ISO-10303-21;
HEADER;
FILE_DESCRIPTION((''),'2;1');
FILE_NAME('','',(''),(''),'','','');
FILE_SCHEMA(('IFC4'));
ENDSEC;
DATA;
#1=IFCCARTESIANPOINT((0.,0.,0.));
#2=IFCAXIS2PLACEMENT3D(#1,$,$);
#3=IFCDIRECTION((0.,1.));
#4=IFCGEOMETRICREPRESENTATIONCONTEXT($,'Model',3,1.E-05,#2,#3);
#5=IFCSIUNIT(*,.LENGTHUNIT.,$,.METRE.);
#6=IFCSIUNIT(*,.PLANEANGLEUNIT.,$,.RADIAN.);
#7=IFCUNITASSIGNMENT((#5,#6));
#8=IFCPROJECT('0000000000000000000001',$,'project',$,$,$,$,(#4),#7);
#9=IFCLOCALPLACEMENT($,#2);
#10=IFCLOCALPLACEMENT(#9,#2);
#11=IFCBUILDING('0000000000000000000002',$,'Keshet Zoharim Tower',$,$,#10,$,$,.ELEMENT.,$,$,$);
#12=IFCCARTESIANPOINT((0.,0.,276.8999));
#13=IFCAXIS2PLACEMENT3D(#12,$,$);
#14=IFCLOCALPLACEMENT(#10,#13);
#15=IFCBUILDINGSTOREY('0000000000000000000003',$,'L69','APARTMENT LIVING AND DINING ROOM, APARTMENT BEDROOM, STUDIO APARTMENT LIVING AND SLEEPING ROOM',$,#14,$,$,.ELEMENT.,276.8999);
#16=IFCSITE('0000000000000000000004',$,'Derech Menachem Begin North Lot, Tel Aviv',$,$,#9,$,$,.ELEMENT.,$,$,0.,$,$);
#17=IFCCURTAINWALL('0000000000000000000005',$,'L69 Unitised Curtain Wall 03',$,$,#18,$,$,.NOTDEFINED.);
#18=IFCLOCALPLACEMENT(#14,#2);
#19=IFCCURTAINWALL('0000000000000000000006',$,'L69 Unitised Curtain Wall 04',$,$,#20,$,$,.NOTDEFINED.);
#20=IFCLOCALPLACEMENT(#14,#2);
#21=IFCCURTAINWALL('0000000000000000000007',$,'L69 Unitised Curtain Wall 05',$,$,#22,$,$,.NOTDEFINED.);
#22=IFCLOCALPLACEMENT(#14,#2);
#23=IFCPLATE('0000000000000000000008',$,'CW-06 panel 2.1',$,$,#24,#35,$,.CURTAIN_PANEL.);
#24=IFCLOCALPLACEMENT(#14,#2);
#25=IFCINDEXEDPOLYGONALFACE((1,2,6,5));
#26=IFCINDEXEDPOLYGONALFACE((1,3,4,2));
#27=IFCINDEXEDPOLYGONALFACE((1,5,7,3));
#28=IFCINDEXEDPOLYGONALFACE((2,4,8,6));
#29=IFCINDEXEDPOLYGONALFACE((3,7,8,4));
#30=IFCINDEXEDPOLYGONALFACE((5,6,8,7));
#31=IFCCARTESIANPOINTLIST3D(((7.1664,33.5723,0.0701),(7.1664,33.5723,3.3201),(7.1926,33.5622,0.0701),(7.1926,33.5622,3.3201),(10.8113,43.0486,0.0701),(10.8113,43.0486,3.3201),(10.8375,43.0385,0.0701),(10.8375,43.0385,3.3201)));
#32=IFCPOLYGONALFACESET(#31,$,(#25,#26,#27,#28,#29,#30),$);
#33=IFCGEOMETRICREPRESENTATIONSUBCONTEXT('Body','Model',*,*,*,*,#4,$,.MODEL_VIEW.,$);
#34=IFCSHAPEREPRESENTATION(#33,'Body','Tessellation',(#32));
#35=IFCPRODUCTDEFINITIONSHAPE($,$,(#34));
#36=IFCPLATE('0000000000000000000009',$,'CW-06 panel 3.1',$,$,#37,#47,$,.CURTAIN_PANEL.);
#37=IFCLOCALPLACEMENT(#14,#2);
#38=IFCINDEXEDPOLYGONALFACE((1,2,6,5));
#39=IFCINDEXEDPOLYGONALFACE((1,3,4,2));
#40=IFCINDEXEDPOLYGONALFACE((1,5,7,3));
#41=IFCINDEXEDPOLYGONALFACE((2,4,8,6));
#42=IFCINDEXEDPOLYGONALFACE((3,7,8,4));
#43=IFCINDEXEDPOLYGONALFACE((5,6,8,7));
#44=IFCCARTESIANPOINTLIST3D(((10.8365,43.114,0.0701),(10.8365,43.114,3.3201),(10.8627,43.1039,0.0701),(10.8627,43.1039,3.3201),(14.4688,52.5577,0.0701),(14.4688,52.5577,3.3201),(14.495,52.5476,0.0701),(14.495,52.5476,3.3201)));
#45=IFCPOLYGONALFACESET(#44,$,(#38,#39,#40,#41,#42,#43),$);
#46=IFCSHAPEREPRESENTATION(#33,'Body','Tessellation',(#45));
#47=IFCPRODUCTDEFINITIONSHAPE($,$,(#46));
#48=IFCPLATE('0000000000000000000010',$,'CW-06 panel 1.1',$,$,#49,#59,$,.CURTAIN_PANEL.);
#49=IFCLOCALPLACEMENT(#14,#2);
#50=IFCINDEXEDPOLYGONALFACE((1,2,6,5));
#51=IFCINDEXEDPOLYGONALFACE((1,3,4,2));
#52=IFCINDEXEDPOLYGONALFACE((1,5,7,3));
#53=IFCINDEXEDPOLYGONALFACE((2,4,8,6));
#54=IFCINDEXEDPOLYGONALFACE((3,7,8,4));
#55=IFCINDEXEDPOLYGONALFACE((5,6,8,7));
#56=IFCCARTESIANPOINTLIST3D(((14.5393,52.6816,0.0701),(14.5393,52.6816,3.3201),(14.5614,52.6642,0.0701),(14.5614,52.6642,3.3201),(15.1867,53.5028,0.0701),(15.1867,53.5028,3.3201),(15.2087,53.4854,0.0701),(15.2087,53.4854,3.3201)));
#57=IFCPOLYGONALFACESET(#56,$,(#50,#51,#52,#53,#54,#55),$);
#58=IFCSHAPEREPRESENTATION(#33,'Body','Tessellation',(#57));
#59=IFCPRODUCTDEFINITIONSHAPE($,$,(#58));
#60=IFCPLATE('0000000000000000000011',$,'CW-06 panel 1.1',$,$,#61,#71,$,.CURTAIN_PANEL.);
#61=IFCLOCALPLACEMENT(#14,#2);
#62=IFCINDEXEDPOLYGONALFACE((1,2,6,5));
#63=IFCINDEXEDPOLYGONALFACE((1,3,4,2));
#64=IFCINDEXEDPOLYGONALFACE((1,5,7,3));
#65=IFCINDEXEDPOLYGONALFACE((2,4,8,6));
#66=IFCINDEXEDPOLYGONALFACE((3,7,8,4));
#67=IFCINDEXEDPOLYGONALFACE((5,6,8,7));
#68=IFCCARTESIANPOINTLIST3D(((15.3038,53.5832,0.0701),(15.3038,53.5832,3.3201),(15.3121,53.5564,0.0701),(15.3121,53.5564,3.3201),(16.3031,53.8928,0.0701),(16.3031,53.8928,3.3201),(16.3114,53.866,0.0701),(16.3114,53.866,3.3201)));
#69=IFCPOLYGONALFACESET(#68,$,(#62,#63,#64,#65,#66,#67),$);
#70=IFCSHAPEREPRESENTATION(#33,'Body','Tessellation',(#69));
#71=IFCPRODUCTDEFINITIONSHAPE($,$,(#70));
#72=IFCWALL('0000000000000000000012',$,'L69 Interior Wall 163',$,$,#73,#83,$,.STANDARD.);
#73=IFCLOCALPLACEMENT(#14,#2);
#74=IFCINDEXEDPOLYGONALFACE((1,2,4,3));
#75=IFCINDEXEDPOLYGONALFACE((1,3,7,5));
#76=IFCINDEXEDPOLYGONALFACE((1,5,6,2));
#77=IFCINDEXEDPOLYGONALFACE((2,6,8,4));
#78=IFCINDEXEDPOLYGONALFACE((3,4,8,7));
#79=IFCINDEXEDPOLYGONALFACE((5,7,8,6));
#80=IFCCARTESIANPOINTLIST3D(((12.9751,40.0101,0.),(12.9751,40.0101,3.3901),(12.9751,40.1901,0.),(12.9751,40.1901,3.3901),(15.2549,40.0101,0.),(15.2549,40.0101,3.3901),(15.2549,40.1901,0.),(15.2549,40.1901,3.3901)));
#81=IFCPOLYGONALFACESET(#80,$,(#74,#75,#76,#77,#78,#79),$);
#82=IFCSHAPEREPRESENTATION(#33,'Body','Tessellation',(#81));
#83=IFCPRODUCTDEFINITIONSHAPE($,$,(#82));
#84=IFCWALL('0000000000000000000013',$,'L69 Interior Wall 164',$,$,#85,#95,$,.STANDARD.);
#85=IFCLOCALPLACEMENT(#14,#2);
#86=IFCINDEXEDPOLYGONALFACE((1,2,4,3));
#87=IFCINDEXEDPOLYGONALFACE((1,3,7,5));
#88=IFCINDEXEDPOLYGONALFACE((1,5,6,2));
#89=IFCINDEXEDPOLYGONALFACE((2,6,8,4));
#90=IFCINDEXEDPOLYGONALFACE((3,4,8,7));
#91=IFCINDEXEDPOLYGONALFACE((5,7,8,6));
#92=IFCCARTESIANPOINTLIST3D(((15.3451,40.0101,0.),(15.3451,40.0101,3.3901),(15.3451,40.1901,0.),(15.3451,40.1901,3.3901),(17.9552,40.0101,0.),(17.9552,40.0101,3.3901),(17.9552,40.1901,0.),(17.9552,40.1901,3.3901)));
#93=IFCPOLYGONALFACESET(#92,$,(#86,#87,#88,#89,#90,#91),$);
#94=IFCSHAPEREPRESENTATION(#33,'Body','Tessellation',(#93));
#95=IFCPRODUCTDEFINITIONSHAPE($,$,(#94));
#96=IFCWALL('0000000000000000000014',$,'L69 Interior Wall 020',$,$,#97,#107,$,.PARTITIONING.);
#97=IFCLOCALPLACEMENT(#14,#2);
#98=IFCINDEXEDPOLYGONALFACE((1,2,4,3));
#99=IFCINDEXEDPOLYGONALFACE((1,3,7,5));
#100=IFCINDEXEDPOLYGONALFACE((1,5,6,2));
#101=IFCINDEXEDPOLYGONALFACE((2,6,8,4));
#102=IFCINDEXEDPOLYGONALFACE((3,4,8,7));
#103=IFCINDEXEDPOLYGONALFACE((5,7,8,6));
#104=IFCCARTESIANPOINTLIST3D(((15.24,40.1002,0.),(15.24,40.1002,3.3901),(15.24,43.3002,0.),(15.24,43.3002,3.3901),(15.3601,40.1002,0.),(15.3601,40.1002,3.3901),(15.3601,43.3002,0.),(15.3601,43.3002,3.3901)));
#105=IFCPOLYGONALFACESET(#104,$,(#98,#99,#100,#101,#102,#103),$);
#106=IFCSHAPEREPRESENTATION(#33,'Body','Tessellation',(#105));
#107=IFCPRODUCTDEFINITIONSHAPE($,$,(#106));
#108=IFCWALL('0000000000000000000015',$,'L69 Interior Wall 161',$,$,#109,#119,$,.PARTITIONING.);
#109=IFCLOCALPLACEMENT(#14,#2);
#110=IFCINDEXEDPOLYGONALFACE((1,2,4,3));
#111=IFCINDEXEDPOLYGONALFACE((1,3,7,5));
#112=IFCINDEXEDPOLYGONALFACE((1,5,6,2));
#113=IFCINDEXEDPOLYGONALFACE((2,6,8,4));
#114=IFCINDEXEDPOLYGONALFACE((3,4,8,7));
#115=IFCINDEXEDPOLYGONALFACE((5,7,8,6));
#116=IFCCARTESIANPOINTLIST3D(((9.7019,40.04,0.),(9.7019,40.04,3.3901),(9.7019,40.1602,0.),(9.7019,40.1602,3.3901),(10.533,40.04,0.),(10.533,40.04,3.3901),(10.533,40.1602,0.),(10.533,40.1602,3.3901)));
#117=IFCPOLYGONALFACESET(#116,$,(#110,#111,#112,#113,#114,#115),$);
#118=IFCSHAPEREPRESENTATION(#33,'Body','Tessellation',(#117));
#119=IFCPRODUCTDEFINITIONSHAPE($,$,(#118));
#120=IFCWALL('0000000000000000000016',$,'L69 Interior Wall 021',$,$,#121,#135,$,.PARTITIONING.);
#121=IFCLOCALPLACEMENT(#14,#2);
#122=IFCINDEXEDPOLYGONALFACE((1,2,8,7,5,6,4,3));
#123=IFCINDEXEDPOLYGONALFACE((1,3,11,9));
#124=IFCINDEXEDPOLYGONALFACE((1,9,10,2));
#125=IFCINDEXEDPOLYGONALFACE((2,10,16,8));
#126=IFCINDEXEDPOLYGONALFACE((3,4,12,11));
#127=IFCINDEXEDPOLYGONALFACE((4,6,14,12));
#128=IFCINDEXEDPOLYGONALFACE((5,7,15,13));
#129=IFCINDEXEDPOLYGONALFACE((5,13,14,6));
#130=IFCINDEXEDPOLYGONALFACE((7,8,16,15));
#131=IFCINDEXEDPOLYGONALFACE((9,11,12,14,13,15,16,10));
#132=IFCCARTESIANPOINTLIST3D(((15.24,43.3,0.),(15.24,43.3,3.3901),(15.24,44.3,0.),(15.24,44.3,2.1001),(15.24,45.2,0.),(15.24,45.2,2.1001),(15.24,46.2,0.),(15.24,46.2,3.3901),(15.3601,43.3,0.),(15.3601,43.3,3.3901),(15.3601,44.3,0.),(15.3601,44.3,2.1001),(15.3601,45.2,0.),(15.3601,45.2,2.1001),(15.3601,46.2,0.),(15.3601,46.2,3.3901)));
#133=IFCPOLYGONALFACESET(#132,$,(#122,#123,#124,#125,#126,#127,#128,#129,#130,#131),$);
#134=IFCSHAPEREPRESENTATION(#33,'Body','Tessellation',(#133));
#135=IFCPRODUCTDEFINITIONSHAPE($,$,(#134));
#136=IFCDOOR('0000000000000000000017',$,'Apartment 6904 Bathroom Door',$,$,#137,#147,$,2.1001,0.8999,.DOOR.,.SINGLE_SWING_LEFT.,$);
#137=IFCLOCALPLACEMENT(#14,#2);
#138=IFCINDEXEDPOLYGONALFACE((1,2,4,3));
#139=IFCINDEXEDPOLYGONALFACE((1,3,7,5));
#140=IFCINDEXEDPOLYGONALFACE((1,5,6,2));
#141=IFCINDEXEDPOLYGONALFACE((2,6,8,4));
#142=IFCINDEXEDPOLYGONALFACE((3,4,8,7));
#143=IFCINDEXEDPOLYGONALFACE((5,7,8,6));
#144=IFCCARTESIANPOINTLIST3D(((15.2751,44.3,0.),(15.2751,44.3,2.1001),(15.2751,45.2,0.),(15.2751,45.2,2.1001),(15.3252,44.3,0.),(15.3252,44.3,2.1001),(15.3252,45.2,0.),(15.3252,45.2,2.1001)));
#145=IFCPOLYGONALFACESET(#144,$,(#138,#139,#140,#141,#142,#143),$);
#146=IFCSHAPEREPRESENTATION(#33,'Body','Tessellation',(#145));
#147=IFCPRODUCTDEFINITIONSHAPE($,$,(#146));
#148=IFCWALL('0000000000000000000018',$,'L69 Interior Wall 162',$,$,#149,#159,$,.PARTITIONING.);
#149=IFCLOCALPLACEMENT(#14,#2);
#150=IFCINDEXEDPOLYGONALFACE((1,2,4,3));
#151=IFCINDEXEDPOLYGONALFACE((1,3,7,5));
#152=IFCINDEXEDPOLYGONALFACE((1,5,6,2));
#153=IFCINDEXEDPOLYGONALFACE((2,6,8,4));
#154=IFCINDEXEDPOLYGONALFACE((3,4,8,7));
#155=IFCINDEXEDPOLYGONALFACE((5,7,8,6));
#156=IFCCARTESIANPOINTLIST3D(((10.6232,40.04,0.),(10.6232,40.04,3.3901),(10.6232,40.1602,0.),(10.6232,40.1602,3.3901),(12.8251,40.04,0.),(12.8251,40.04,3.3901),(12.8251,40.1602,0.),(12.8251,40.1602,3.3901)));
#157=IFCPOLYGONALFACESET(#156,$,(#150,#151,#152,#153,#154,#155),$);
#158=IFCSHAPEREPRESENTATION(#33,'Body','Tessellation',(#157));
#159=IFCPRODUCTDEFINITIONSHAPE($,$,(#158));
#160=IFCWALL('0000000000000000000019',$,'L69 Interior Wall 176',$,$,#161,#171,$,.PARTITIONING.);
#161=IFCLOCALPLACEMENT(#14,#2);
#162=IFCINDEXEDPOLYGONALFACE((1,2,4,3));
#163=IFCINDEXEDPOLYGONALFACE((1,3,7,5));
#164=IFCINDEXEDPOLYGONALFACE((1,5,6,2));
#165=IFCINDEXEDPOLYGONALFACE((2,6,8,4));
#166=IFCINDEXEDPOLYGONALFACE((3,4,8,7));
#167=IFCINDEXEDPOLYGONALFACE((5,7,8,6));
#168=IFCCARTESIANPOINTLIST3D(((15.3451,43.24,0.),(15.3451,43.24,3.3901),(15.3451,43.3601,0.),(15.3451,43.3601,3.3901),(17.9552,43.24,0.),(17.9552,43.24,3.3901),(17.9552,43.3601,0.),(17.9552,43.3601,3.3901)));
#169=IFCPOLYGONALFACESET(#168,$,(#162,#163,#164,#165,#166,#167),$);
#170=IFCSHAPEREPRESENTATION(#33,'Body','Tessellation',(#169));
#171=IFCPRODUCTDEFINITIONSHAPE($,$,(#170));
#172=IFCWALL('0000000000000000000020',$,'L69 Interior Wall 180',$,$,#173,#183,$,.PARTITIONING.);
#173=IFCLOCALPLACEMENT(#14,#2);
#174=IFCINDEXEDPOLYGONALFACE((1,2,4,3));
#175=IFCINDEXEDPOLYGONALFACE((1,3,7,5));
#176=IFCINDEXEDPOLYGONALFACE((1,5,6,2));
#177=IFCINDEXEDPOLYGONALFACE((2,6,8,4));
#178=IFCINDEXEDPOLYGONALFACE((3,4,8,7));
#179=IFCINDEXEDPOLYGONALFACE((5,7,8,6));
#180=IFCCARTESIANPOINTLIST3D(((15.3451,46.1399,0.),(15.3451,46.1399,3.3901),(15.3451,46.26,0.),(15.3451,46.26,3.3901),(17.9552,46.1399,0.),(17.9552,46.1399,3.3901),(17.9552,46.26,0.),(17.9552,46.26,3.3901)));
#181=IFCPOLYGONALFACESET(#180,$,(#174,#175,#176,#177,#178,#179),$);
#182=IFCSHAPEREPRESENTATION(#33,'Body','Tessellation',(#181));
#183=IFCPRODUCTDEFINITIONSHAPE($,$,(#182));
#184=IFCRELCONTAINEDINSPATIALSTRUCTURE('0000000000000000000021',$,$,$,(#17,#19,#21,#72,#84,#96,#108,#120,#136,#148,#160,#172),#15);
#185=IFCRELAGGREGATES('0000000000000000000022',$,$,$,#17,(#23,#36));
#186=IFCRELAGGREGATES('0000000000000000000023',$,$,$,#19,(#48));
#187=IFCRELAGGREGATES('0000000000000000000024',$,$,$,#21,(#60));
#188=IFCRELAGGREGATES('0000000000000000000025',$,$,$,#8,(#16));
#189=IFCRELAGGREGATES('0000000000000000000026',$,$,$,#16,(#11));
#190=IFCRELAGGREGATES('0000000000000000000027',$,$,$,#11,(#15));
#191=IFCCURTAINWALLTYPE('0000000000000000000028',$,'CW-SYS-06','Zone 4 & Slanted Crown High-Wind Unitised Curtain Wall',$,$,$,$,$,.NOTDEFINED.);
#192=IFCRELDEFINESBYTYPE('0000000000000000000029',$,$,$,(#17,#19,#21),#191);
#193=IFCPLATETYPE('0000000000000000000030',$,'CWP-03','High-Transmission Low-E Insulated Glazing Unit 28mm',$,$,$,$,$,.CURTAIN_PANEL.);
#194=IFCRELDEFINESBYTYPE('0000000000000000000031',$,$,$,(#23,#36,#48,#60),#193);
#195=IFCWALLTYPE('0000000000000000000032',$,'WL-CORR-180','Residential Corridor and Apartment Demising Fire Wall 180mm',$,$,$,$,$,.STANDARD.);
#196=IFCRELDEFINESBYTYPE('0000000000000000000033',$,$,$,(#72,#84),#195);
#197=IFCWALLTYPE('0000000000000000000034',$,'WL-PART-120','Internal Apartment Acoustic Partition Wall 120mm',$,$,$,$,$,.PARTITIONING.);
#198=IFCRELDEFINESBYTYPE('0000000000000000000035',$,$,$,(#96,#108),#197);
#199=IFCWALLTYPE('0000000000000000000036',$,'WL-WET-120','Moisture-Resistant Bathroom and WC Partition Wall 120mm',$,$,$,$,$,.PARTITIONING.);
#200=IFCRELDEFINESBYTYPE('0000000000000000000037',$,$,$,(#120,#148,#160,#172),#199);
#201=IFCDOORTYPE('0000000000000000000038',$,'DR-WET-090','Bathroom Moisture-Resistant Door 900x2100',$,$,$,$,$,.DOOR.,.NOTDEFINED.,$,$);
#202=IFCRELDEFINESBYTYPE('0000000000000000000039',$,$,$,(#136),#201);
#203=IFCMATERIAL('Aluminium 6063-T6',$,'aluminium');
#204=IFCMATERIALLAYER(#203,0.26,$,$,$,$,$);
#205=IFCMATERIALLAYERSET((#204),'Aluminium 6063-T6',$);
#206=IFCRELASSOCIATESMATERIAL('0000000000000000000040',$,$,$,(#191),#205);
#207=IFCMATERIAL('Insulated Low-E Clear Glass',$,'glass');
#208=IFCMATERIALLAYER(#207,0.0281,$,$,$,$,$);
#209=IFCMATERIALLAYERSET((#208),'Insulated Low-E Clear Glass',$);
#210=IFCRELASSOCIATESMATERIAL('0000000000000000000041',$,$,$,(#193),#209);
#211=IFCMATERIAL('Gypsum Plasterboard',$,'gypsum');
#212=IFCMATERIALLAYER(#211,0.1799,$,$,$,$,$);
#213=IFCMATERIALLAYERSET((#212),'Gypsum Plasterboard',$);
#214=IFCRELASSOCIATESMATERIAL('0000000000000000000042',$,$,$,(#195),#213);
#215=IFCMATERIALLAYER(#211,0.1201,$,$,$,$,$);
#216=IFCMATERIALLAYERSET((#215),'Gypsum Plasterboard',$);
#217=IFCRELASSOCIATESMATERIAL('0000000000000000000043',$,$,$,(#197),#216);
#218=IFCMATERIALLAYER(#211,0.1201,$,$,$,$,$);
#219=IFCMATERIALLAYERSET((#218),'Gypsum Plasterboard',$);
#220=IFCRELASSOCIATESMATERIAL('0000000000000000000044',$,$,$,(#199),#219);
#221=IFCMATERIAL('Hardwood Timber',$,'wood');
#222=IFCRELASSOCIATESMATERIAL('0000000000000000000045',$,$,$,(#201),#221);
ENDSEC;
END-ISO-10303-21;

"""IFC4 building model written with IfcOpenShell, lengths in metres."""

from ifc_helpers import new_model, si_unit, direction, frame, frame_2d, origin, origin_2d, place, context, subcontext, project, spatial, rectangle, extrude, material, layer, layer_set, type_object, element, fill, aggregate, save


model = new_model("IFC4")

# Units and contexts
model_context = context("Model", 3, precision=1e-05, world=origin(), true_north=direction((0.0, 1.0)))
body_context = subcontext(model_context, "Body", "Model", "MODEL_VIEW")
ifc_project = project(units=[si_unit("LENGTHUNIT", "METRE"), si_unit("PLANEANGLEUNIT", "RADIAN")], contexts=[model_context])

# Site, building, storey
site_placement = place(None, origin())
site = spatial("IfcSite", under=ifc_project, at=site_placement, Name="Derech Menachem Begin North Lot, Tel Aviv", CompositionType="ELEMENT", RefElevation=0.0)
building_placement = place(site_placement, origin())
building = spatial("IfcBuilding", under=site, at=building_placement, Name="Keshet Zoharim Tower", CompositionType="ELEMENT")
storey_placement = place(building_placement, frame((0.0, 0.0, 276.8999)))
storey = spatial("IfcBuildingStorey", under=building, at=storey_placement, Name="L69", Description="APARTMENT LIVING AND DINING ROOM, APARTMENT BEDROOM, STUDIO APARTMENT LIVING AND SLEEPING ROOM", CompositionType="ELEMENT", Elevation=276.8999)

# Curtain walls
ifc_material_1 = material(Name="Aluminium 6063-T6", Category="aluminium")
ifc_layer_1 = layer(ifc_material_1, 0.26)
ifc_layer_set_1 = layer_set([ifc_layer_1], Name="Aluminium 6063-T6")
curtain_wall_type = type_object("IfcCurtainWallType", Name="CW-SYS-06", Description="Zone 4 & Slanted Crown High-Wind Unitised Curtain Wall", PredefinedType="NOTDEFINED", material=ifc_layer_set_1)
curtain_wall_1_placement = place(storey_placement, origin())
curtain_wall_1 = element("IfcCurtainWall", 1, at=curtain_wall_1_placement, inside=storey, type_object=curtain_wall_type, Name="L69 Unitised Curtain Wall 03", PredefinedType="NOTDEFINED")
curtain_wall_2_placement = place(storey_placement, origin())
curtain_wall_2 = element("IfcCurtainWall", 2, at=curtain_wall_2_placement, inside=storey, type_object=curtain_wall_type, Name="L69 Unitised Curtain Wall 04", PredefinedType="NOTDEFINED")

# Curtain wall
curtain_wall_3_placement = place(storey_placement, origin())
curtain_wall_3 = element("IfcCurtainWall", 3, at=curtain_wall_3_placement, inside=storey, type_object=curtain_wall_type, Name="L69 Unitised Curtain Wall 05", PredefinedType="NOTDEFINED")

# Plates
ifc_material_2 = material(Name="Insulated Low-E Clear Glass", Category="glass")
ifc_layer_2 = layer(ifc_material_2, 0.0281)
ifc_layer_set_2 = layer_set([ifc_layer_2], Name="Insulated Low-E Clear Glass")
plate_type = type_object("IfcPlateType", Name="CWP-03", Description="High-Transmission Low-E Insulated Glazing Unit 28mm", PredefinedType="CURTAIN_PANEL", material=ifc_layer_set_2)
plate_1_placement = place(storey_placement, frame((9.002, 38.3054, 0.0701), z_axis=(0.0, 0.0, 1.0), x_axis=(0.35899, 0.933341, 0.0)))
plate_1 = element("IfcPlate", 4, at=plate_1_placement, type_object=plate_type, Name="CW-06 panel 2.1", PredefinedType="CURTAIN_PANEL", context=body_context, shape_type="SweptSolid", body=[
    extrude(rectangle(XDim=10.1531, YDim=0.0281, at=origin_2d()), origin(), (0.0, 0.0, 1.0), 3.25),
])
plate_2_placement = place(storey_placement, frame((12.6658, 47.8308, 0.0701), z_axis=(0.0, 0.0, 1.0), x_axis=(0.35899, 0.933341, 0.0)))
plate_2 = element("IfcPlate", 5, at=plate_2_placement, type_object=plate_type, Name="CW-06 panel 3.1", PredefinedType="CURTAIN_PANEL", context=body_context, shape_type="SweptSolid", body=[
    extrude(rectangle(XDim=10.1182, YDim=0.0281, at=origin_2d()), origin(), (0.0, 0.0, 1.0), 3.25),
])
aggregate(curtain_wall_1, [plate_1, plate_2])
plate_3_placement = place(storey_placement, frame((14.874, 53.0835, 0.0701), z_axis=(0.0, 0.0, 1.0), x_axis=(0.619125, 0.785293, 0.0)))
plate_3 = element("IfcPlate", 6, at=plate_3_placement, type_object=plate_type, Name="CW-06 panel 1.1", PredefinedType="CURTAIN_PANEL", context=body_context, shape_type="SweptSolid", body=[
    extrude(rectangle(XDim=1.0457, YDim=0.0281, at=origin_2d()), origin(), (0.0, 0.0, 1.0), 3.25),
])
aggregate(curtain_wall_2, [plate_3])
plate_4_placement = place(storey_placement, frame((15.8076, 53.7246, 0.0701), z_axis=(0.0, 0.0, 1.0), x_axis=(0.955212, 0.295922, 0.0)))
plate_4 = element("IfcPlate", 7, at=plate_4_placement, type_object=plate_type, Name="CW-06 panel 1.1", PredefinedType="CURTAIN_PANEL", context=body_context, shape_type="SweptSolid", body=[
    extrude(rectangle(XDim=1.0461, YDim=0.0281, at=origin_2d()), origin(), (0.0, 0.0, 1.0), 3.25),
])
aggregate(curtain_wall_3, [plate_4])

# Walls
ifc_material_3 = material(Name="Gypsum Plasterboard", Category="gypsum")
ifc_layer_3 = layer(ifc_material_3, 0.1799)
ifc_layer_set_3 = layer_set([ifc_layer_3], Name="Gypsum Plasterboard")
wall_type_1 = type_object("IfcWallType", Name="WL-CORR-180", Description="Residential Corridor and Apartment Demising Fire Wall 180mm", PredefinedType="STANDARD", material=ifc_layer_set_3)
wall_1_placement = place(storey_placement, frame((12.9751, 40.1001, 0.0), z_axis=(0.0, 0.0, 1.0), x_axis=(1.0, 0.0, 0.0)))
element("IfcWall", 8, at=wall_1_placement, inside=storey, type_object=wall_type_1, Name="L69 Interior Wall 163", PredefinedType="STANDARD", context=body_context, shape_type="SweptSolid", body=[
    extrude(rectangle(XDim=2.2798, YDim=0.1799, at=frame_2d((1.1399, 0.0))), origin(), (0.0, 0.0, 1.0), 3.3901),
])
wall_2_placement = place(storey_placement, frame((15.345, 40.1001, 0.0), z_axis=(0.0, 0.0, 1.0), x_axis=(1.0, 0.0, 0.0)))
element("IfcWall", 9, at=wall_2_placement, inside=storey, type_object=wall_type_1, Name="L69 Interior Wall 164", PredefinedType="STANDARD", context=body_context, shape_type="SweptSolid", body=[
    extrude(rectangle(XDim=2.6101, YDim=0.1799, at=frame_2d((1.3052, 0.0))), origin(), (0.0, 0.0, 1.0), 3.3901),
])
ifc_layer_4 = layer(ifc_material_3, 0.1201)
ifc_layer_set_4 = layer_set([ifc_layer_4], Name="Gypsum Plasterboard")
wall_type_2 = type_object("IfcWallType", Name="WL-PART-120", Description="Internal Apartment Acoustic Partition Wall 120mm", PredefinedType="PARTITIONING", material=ifc_layer_set_4)
wall_3_placement = place(storey_placement, frame((15.3, 40.1001, 0.0), z_axis=(0.0, 0.0, 1.0), x_axis=(0.0, 1.0, 0.0)))
element("IfcWall", 10, at=wall_3_placement, inside=storey, type_object=wall_type_2, Name="L69 Interior Wall 020", PredefinedType="PARTITIONING", context=body_context, shape_type="SweptSolid", body=[
    extrude(rectangle(XDim=3.2, YDim=0.1201, at=frame_2d((1.6001, 0.0))), origin(), (0.0, 0.0, 1.0), 3.3901),
])
wall_4_placement = place(storey_placement, frame((9.7019, 40.1001, 0.0), z_axis=(0.0, 0.0, 1.0), x_axis=(1.0, 0.0, 0.0)))
element("IfcWall", 11, at=wall_4_placement, inside=storey, type_object=wall_type_2, Name="L69 Interior Wall 161", PredefinedType="PARTITIONING", context=body_context, shape_type="SweptSolid", body=[
    extrude(rectangle(XDim=0.8311, YDim=0.1201, at=frame_2d((0.4155, 0.0))), origin(), (0.0, 0.0, 1.0), 3.3901),
])

# Wall, opening, door
ifc_layer_5 = layer(ifc_material_3, 0.1201)
ifc_layer_set_5 = layer_set([ifc_layer_5], Name="Gypsum Plasterboard")
wall_type_3 = type_object("IfcWallType", Name="WL-WET-120", Description="Moisture-Resistant Bathroom and WC Partition Wall 120mm", PredefinedType="PARTITIONING", material=ifc_layer_set_5)
wall_5_placement = place(storey_placement, frame((15.3, 43.3, 0.0), z_axis=(0.0, 0.0, 1.0), x_axis=(0.0, 1.0, 0.0)))
wall_5 = element("IfcWall", 12, at=wall_5_placement, inside=storey, type_object=wall_type_3, Name="L69 Interior Wall 021", PredefinedType="PARTITIONING", context=body_context, shape_type="SweptSolid", body=[
    extrude(rectangle(XDim=2.8999, YDim=0.1201, at=frame_2d((1.45, 0.0))), origin(), (0.0, 0.0, 1.0), 3.3901),
])
opening_placement = place(wall_5_placement, frame((1.0, 0.0, 0.0)))
opening = element("IfcOpeningElement", 13, at=opening_placement, cuts=wall_5, PredefinedType="OPENING", context=body_context, shape_type="SweptSolid", body=[
    extrude(rectangle(XDim=0.8999, YDim=2.1001, at=frame_2d((0.45, 1.05))), frame((0.0, 0.0701, 0.0), z_axis=(0.0, -1.0, 0.0), x_axis=(1.0, 0.0, 0.0)), (0.0, 0.0, 1.0), 0.1401),
])
ifc_material_4 = material(Name="Hardwood Timber", Category="wood")
door_type = type_object("IfcDoorType", Name="DR-WET-090", Description="Bathroom Moisture-Resistant Door 900x2100", OperationType="NOTDEFINED", PredefinedType="DOOR", material=ifc_material_4)
door_placement = place(opening_placement, origin())
door = element("IfcDoor", 14, at=door_placement, inside=storey, type_object=door_type, Name="Apartment 6904 Bathroom Door", OperationType="SINGLE_SWING_LEFT", OverallHeight=2.1001, OverallWidth=0.8999, PredefinedType="DOOR", context=body_context, shape_type="SweptSolid", body=[
    extrude(rectangle(XDim=0.8999, YDim=2.1001, at=frame_2d((0.45, 1.05))), frame((0.0, 0.0249, 0.0), z_axis=(0.0, -1.0, 0.0), x_axis=(1.0, 0.0, 0.0)), (0.0, 0.0, 1.0), 0.05),
])
fill(opening, door)

# Walls
wall_6_placement = place(storey_placement, frame((10.623, 40.1001, 0.0), z_axis=(0.0, 0.0, 1.0), x_axis=(1.0, 0.0, 0.0)))
element("IfcWall", 15, at=wall_6_placement, inside=storey, type_object=wall_type_3, Name="L69 Interior Wall 162", PredefinedType="PARTITIONING", context=body_context, shape_type="SweptSolid", body=[
    extrude(rectangle(XDim=2.2019, YDim=0.1201, at=frame_2d((1.1011, 0.0))), origin(), (0.0, 0.0, 1.0), 3.3901),
])
for number, where, z_axis, x_axis, name in (
    (16, (15.345, 43.3, 0.0), (0.0, 0.0, 1.0), (1.0, 0.0, 0.0), "L69 Interior Wall 176"),
    (17, (15.345, 46.2, 0.0), (0.0, 0.0, 1.0), (1.0, 0.0, 0.0), "L69 Interior Wall 180"),
):
    element("IfcWall", number, at=place(storey_placement, frame(where, z_axis=z_axis, x_axis=x_axis)), inside=storey, type_object=wall_type_3, Name=name, PredefinedType="PARTITIONING", context=body_context, shape_type="SweptSolid", body=[
        extrude(rectangle(XDim=2.6101, YDim=0.1201, at=frame_2d((1.3052, 0.0))), origin(), (0.0, 0.0, 1.0), 3.3901),
    ])

save(model, "model.ifc")
